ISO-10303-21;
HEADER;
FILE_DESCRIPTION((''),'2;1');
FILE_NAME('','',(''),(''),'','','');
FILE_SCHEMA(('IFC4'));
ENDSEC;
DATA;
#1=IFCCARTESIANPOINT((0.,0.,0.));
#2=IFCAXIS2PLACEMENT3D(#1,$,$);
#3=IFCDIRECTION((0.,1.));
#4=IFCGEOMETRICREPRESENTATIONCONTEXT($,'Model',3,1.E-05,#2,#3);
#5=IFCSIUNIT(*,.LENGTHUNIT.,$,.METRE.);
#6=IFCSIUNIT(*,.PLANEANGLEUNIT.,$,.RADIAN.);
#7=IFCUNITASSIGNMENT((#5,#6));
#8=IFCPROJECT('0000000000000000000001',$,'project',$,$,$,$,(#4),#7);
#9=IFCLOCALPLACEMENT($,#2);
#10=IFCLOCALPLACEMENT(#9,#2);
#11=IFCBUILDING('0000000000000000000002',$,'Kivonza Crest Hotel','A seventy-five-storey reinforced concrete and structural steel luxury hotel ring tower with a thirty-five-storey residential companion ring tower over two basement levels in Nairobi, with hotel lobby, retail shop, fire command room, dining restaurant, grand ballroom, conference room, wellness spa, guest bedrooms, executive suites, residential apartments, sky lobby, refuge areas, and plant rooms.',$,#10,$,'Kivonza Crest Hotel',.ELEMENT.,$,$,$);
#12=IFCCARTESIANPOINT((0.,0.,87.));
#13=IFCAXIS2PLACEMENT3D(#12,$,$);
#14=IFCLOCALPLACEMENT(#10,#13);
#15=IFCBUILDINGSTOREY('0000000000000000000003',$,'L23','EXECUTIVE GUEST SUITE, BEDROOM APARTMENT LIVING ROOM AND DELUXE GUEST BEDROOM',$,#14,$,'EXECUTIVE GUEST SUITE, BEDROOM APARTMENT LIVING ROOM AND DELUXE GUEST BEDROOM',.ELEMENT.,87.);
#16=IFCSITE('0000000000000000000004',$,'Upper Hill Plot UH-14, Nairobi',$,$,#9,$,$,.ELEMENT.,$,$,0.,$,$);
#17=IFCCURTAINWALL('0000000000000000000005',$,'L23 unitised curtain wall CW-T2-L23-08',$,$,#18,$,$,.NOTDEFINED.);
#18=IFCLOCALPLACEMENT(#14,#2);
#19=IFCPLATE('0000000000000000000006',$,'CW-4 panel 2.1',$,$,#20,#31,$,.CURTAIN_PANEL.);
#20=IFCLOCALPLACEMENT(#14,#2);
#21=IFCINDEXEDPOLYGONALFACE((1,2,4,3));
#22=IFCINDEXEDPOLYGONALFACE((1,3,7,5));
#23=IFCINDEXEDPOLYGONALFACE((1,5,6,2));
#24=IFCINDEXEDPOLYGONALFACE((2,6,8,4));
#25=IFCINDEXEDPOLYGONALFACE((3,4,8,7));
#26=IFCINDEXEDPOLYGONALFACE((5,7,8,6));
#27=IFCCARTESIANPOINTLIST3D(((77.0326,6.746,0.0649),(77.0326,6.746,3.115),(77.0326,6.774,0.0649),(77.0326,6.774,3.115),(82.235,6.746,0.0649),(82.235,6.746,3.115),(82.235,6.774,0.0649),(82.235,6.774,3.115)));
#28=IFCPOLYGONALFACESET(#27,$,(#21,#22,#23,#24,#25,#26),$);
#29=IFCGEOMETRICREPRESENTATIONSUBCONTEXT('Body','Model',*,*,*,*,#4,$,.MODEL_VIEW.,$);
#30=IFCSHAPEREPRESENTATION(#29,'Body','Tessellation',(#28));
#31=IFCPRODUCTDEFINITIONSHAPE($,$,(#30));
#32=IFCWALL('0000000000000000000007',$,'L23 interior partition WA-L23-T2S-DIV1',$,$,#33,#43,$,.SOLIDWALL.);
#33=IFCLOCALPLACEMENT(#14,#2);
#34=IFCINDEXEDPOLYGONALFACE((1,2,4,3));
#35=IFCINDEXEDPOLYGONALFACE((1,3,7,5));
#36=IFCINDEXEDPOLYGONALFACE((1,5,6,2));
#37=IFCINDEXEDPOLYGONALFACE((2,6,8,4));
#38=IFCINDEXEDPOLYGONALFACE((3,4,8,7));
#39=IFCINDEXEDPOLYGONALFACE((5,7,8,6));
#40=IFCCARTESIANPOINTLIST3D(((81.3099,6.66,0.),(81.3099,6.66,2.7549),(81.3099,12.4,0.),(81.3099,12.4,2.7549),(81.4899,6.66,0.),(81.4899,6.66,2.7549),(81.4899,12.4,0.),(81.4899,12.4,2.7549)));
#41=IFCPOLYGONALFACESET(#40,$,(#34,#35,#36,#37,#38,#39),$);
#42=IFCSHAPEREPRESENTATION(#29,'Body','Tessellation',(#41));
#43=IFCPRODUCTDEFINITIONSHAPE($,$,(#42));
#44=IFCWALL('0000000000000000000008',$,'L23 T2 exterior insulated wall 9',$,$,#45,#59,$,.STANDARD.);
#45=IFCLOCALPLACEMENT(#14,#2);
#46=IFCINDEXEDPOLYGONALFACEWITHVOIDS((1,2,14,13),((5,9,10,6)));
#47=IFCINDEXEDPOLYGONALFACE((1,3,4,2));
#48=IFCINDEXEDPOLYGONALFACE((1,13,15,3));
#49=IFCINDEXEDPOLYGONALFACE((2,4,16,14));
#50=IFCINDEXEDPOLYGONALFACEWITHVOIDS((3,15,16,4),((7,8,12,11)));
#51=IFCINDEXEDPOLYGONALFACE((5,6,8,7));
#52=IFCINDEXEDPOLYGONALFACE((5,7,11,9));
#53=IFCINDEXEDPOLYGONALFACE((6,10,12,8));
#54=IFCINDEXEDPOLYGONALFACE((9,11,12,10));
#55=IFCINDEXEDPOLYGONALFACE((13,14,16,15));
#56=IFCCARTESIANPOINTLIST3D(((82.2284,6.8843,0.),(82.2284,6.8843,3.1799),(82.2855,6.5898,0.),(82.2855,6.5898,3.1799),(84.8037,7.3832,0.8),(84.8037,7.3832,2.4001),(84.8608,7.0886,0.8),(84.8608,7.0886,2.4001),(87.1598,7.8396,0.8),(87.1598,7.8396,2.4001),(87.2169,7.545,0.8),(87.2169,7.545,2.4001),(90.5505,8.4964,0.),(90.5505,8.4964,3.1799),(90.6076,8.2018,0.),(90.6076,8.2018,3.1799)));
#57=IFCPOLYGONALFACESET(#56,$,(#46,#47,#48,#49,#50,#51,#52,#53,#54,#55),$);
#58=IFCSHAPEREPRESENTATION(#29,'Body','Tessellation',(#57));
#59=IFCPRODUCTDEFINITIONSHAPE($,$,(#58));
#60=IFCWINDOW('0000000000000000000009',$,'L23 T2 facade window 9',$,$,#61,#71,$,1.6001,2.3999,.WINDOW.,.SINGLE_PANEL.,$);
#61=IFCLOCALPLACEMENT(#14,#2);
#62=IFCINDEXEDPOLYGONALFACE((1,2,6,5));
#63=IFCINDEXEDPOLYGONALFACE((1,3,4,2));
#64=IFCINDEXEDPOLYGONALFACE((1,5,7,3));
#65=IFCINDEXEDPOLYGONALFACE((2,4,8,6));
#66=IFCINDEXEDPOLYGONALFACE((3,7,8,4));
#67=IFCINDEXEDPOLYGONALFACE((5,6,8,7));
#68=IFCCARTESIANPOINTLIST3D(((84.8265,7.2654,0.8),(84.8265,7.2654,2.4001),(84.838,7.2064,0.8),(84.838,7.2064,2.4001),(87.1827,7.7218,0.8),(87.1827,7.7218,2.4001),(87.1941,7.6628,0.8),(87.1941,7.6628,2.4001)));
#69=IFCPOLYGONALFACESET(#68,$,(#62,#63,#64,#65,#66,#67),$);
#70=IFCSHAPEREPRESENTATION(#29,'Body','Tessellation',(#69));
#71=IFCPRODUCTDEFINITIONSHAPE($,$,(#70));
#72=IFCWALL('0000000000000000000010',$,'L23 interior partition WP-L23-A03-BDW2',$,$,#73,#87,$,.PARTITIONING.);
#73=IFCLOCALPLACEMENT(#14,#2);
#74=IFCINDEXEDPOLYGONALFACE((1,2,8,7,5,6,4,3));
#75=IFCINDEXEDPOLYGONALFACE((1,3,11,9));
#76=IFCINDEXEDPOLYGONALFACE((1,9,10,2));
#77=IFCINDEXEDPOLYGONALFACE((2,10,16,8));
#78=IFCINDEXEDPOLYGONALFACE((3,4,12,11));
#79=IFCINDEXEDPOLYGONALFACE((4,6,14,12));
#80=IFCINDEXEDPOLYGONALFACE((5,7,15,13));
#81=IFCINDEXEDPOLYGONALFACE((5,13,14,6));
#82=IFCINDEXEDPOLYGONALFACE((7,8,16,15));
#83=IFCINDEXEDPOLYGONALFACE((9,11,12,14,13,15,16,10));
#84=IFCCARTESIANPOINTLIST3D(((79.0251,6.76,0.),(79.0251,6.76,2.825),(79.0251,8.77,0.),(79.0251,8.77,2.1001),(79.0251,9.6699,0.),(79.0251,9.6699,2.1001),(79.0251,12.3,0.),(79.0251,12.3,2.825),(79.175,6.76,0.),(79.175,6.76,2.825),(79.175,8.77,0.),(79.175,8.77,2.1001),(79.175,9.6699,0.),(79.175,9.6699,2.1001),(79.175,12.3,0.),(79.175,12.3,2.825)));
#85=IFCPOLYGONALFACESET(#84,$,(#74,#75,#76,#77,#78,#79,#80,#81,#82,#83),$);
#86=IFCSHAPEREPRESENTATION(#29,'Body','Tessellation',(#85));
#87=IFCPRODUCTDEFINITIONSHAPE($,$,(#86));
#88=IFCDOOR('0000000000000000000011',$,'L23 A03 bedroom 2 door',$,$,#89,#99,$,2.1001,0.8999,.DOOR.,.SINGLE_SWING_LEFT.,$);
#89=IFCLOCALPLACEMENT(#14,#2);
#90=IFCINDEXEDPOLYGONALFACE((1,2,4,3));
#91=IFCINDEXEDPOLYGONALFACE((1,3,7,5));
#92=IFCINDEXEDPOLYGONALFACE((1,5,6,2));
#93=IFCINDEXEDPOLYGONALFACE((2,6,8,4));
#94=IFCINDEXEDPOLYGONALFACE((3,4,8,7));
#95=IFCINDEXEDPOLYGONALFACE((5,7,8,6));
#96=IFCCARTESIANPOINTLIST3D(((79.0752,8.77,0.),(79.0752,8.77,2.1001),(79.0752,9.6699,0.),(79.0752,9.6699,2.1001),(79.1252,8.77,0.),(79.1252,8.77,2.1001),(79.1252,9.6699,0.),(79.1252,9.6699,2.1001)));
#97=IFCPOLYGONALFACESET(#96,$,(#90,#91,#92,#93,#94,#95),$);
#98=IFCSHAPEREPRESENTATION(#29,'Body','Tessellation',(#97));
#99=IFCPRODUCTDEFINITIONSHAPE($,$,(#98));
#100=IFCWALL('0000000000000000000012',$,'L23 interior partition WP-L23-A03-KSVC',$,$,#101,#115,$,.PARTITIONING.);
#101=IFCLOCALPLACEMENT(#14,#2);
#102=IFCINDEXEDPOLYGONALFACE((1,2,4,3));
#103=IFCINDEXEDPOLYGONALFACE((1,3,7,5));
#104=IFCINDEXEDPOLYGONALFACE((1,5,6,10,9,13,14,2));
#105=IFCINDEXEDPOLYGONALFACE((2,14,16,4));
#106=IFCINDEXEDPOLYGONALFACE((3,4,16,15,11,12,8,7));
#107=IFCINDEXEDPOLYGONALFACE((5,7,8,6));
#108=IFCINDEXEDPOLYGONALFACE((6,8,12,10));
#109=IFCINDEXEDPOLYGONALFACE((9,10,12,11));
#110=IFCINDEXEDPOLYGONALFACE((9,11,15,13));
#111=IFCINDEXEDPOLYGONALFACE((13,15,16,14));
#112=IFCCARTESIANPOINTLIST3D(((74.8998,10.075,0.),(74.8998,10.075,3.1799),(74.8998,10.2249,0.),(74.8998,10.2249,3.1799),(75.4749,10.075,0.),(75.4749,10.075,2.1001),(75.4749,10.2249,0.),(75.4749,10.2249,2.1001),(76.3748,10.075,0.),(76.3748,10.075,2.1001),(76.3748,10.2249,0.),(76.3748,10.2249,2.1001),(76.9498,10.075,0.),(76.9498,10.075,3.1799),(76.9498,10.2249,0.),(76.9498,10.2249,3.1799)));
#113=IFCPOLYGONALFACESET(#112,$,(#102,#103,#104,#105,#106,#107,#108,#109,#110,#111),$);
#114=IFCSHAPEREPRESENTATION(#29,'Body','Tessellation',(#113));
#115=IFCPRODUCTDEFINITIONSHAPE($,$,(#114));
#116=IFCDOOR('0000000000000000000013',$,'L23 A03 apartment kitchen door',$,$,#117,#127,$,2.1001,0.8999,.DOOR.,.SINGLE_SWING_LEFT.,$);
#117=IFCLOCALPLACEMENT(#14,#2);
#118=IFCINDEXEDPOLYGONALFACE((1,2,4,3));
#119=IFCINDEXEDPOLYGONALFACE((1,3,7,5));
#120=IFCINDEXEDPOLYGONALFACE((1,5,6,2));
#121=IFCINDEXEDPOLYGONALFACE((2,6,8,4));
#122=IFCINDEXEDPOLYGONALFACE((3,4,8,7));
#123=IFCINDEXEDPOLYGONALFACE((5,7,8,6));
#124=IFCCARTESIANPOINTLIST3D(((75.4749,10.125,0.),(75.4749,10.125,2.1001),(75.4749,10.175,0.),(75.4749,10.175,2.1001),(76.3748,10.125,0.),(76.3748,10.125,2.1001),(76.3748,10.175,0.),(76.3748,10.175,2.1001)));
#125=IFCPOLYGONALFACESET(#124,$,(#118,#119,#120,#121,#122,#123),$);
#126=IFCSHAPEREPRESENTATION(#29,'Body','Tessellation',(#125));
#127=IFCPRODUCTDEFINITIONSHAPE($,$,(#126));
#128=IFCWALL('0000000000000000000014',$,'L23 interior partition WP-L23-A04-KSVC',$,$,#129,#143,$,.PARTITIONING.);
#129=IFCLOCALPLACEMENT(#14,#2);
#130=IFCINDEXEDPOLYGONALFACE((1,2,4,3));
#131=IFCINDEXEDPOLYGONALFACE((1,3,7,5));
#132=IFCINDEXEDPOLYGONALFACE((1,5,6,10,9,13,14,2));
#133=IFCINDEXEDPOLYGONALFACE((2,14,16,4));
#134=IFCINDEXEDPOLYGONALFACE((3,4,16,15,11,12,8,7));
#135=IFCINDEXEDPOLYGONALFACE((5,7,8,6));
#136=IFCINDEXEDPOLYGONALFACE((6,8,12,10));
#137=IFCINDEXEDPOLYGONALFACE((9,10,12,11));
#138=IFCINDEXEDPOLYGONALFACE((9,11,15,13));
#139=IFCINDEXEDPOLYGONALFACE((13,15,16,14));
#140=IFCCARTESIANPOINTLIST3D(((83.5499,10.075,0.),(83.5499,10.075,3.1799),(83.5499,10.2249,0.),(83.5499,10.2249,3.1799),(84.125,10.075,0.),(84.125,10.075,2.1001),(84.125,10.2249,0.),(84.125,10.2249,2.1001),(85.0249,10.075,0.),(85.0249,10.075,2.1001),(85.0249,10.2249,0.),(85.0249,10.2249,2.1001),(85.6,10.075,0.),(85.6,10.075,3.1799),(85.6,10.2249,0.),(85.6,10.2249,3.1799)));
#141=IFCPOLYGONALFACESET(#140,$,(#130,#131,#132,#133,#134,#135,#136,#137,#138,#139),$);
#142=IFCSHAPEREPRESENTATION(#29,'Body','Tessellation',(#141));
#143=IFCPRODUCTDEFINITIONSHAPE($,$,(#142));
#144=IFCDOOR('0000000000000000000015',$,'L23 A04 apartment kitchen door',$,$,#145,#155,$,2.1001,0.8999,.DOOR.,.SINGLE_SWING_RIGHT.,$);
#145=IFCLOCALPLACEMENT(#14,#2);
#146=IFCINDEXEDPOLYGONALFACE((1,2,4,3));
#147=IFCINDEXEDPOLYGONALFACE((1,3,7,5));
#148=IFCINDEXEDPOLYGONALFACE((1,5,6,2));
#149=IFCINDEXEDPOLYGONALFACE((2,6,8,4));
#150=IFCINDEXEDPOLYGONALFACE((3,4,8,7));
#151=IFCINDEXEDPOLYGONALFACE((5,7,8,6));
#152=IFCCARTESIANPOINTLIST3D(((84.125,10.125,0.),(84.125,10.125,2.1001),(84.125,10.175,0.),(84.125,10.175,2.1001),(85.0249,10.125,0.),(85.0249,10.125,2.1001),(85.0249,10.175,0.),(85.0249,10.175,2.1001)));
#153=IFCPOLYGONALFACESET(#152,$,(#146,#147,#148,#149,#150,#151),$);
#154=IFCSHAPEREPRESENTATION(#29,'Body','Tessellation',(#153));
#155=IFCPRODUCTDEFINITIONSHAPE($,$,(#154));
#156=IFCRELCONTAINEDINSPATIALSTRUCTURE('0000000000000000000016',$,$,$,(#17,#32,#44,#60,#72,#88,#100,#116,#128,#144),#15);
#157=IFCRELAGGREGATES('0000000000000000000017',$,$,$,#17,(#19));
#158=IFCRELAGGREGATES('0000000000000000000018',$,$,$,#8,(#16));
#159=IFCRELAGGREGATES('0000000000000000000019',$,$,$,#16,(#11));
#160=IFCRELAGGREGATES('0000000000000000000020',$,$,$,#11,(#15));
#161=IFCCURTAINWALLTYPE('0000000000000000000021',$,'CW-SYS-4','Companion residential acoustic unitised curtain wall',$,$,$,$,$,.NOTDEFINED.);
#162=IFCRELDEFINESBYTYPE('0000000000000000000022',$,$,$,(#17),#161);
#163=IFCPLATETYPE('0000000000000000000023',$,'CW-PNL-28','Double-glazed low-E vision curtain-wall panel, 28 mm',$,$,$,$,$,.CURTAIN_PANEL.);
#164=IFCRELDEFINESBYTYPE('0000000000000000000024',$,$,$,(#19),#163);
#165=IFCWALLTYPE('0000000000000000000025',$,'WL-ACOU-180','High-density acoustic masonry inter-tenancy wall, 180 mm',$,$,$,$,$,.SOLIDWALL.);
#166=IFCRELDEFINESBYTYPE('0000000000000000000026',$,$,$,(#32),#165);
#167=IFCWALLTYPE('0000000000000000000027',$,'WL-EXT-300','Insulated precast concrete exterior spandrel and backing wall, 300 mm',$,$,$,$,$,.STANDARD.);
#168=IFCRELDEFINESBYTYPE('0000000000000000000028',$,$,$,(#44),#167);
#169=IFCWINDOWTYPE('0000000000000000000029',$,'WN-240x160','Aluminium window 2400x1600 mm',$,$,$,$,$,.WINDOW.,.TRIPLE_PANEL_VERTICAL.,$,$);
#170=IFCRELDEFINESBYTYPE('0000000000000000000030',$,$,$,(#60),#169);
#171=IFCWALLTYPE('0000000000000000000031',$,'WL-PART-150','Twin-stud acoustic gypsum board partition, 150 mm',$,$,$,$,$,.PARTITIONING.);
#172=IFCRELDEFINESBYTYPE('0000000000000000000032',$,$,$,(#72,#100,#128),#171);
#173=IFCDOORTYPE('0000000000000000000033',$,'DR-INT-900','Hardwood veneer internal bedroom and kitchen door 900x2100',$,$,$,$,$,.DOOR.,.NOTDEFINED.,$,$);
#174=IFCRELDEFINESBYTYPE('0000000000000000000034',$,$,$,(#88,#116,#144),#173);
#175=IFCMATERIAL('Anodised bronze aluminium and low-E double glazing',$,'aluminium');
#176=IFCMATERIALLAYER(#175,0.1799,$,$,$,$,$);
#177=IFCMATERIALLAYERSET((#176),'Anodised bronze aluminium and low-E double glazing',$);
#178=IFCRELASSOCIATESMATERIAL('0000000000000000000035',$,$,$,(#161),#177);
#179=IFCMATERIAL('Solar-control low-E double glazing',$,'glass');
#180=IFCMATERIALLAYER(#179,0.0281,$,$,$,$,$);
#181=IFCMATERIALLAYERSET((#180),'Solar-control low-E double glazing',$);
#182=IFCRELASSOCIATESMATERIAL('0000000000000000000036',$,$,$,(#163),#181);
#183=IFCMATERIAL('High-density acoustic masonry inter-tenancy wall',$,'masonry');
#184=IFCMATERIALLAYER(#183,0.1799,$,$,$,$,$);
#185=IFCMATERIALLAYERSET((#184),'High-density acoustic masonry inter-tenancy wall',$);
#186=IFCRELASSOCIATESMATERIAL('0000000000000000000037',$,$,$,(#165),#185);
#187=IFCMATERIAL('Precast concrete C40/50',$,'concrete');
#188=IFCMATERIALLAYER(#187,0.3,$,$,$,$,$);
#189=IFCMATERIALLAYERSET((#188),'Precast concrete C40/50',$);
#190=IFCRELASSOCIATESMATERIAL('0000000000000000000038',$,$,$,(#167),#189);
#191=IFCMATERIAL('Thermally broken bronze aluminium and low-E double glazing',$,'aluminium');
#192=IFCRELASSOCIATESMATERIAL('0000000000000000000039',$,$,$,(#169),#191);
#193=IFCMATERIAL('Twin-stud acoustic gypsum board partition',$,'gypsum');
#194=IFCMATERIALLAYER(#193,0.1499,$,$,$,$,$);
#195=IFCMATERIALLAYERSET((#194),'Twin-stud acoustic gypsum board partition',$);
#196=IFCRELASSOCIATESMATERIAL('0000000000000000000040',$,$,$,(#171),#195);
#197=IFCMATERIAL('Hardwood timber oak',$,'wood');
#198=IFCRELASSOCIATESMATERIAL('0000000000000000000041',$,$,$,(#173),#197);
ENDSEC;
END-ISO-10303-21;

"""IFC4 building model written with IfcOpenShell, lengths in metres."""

from ifc_helpers import new_model, si_unit, direction, frame, frame_2d, origin, origin_2d, place, context, subcontext, project, spatial, rectangle, extrude, material, layer, layer_set, type_object, element, fill, aggregate, save


model = new_model("IFC4")

# Units and contexts
model_context = context("Model", 3, precision=1e-05, world=origin(), true_north=direction((0.0, 1.0)))
body_context = subcontext(model_context, "Body", "Model", "MODEL_VIEW")
ifc_project = project(units=[si_unit("LENGTHUNIT", "METRE"), si_unit("PLANEANGLEUNIT", "RADIAN")], contexts=[model_context])

# Site, building, storey
site_placement = place(None, origin())
site = spatial("IfcSite", under=ifc_project, at=site_placement, Name="Upper Hill Plot UH-14, Nairobi", CompositionType="ELEMENT", RefElevation=0.0)
building_placement = place(site_placement, origin())
building = spatial("IfcBuilding", under=site, at=building_placement, Name="Kivonza Crest Hotel", Description="A seventy-five-storey reinforced concrete and structural steel luxury hotel ring tower with a thirty-five-storey residential companion ring tower over two basement levels in Nairobi, with hotel lobby, retail shop, fire command room, dining restaurant, grand ballroom, conference room, wellness spa, guest bedrooms, executive suites, residential apartments, sky lobby, refuge areas, and plant rooms.", LongName="Kivonza Crest Hotel", CompositionType="ELEMENT")
storey_placement = place(building_placement, frame((0.0, 0.0, 87.0)))
storey = spatial("IfcBuildingStorey", under=building, at=storey_placement, Name="L23", Description="EXECUTIVE GUEST SUITE, BEDROOM APARTMENT LIVING ROOM AND DELUXE GUEST BEDROOM", LongName="EXECUTIVE GUEST SUITE, BEDROOM APARTMENT LIVING ROOM AND DELUXE GUEST BEDROOM", CompositionType="ELEMENT", Elevation=87.0)

# Curtain wall, plate
ifc_material_1 = material(Name="Anodised bronze aluminium and low-E double glazing", Category="aluminium")
ifc_layer_1 = layer(ifc_material_1, 0.1799)
ifc_layer_set_1 = layer_set([ifc_layer_1], Name="Anodised bronze aluminium and low-E double glazing")
curtain_wall_type = type_object("IfcCurtainWallType", Name="CW-SYS-4", Description="Companion residential acoustic unitised curtain wall", PredefinedType="NOTDEFINED", material=ifc_layer_set_1)
curtain_wall_placement = place(storey_placement, origin())
curtain_wall = element("IfcCurtainWall", 1, at=curtain_wall_placement, inside=storey, type_object=curtain_wall_type, Name="L23 unitised curtain wall CW-T2-L23-08", PredefinedType="NOTDEFINED")
ifc_material_2 = material(Name="Solar-control low-E double glazing", Category="glass")
ifc_layer_2 = layer(ifc_material_2, 0.0281)
ifc_layer_set_2 = layer_set([ifc_layer_2], Name="Solar-control low-E double glazing")
plate_type = type_object("IfcPlateType", Name="CW-PNL-28", Description="Double-glazed low-E vision curtain-wall panel, 28 mm", PredefinedType="CURTAIN_PANEL", material=ifc_layer_set_2)
plate_1_placement = place(storey_placement, frame((79.6338, 6.76, 0.0649), z_axis=(0.0, 0.0, 1.0), x_axis=(1.0, 0.0, 0.0)))
plate_1 = element("IfcPlate", 2, at=plate_1_placement, type_object=plate_type, Name="CW-4 panel 2.1", PredefinedType="CURTAIN_PANEL", context=body_context, shape_type="SweptSolid", body=[
    extrude(rectangle(XDim=5.2024, YDim=0.0281, at=origin_2d()), origin(), (0.0, 0.0, 1.0), 3.05),
])
aggregate(curtain_wall, [plate_1])

# Wall
ifc_material_3 = material(Name="High-density acoustic masonry inter-tenancy wall", Category="masonry")
ifc_layer_3 = layer(ifc_material_3, 0.1799)
ifc_layer_set_3 = layer_set([ifc_layer_3], Name="High-density acoustic masonry inter-tenancy wall")
wall_type_1 = type_object("IfcWallType", Name="WL-ACOU-180", Description="High-density acoustic masonry inter-tenancy wall, 180 mm", PredefinedType="SOLIDWALL", material=ifc_layer_set_3)
wall_1_placement = place(storey_placement, frame((81.3999, 6.6599, 0.0), z_axis=(0.0, 0.0, 1.0), x_axis=(0.0, 1.0, 0.0)))
element("IfcWall", 3, at=wall_1_placement, inside=storey, type_object=wall_type_1, Name="L23 interior partition WA-L23-T2S-DIV1", PredefinedType="SOLIDWALL", context=body_context, shape_type="SweptSolid", body=[
    extrude(rectangle(XDim=5.74, YDim=0.1799, at=frame_2d((2.8701, 0.0))), origin(), (0.0, 0.0, 1.0), 2.7549),
])

# Wall, opening, window
ifc_material_4 = material(Name="Precast concrete C40/50", Category="concrete")
ifc_layer_4 = layer(ifc_material_4, 0.3)
ifc_layer_set_4 = layer_set([ifc_layer_4], Name="Precast concrete C40/50")
wall_type_2 = type_object("IfcWallType", Name="WL-EXT-300", Description="Insulated precast concrete exterior spandrel and backing wall, 300 mm", PredefinedType="STANDARD", material=ifc_layer_set_4)
wall_2_placement = place(storey_placement, frame((82.2571, 6.7371, 0.0), z_axis=(0.0, 0.0, 1.0), x_axis=(0.98175, 0.190175, 0.0)))
wall_2 = element("IfcWall", 4, at=wall_2_placement, inside=storey, type_object=wall_type_2, Name="L23 T2 exterior insulated wall 9", PredefinedType="STANDARD", context=body_context, shape_type="SweptSolid", body=[
    extrude(rectangle(XDim=8.4768, YDim=0.3, at=frame_2d((4.2383, 0.0))), origin(), (0.0, 0.0, 1.0), 3.1799),
])
opening_1_placement = place(wall_2_placement, frame((2.623, 0.0, 0.8)))
opening_1 = element("IfcOpeningElement", 5, at=opening_1_placement, cuts=wall_2, PredefinedType="OPENING", context=body_context, shape_type="SweptSolid", body=[
    extrude(rectangle(XDim=2.3999, YDim=1.6001, at=frame_2d((1.2, 0.8))), frame((0.0, 0.1602, 0.0), z_axis=(0.0, -1.0, 0.0), x_axis=(1.0, 0.0, 0.0)), (0.0, 0.0, 1.0), 0.3201),
])
ifc_material_5 = material(Name="Thermally broken bronze aluminium and low-E double glazing", Category="aluminium")
window_type = type_object("IfcWindowType", Name="WN-240x160", Description="Aluminium window 2400x1600 mm", PartitioningType="TRIPLE_PANEL_VERTICAL", PredefinedType="WINDOW", material=ifc_material_5)
window_placement = place(opening_1_placement, origin())
window = element("IfcWindow", 6, at=window_placement, inside=storey, type_object=window_type, Name="L23 T2 facade window 9", OverallHeight=1.6001, OverallWidth=2.3999, PartitioningType="SINGLE_PANEL", PredefinedType="WINDOW", context=body_context, shape_type="SweptSolid", body=[
    extrude(rectangle(XDim=2.3999, YDim=1.6001, at=frame_2d((1.2, 0.8))), frame((0.0, 0.03, 0.0), z_axis=(0.0, -1.0, 0.0), x_axis=(1.0, 0.0, 0.0)), (0.0, 0.0, 1.0), 0.0601),
])
fill(opening_1, window)

# Walls, openings, doors
ifc_material_6 = material(Name="Twin-stud acoustic gypsum board partition", Category="gypsum")
ifc_layer_5 = layer(ifc_material_6, 0.1499)
ifc_layer_set_5 = layer_set([ifc_layer_5], Name="Twin-stud acoustic gypsum board partition")
wall_type_3 = type_object("IfcWallType", Name="WL-PART-150", Description="Twin-stud acoustic gypsum board partition, 150 mm", PredefinedType="PARTITIONING", material=ifc_layer_set_5)
wall_3_placement = place(storey_placement, frame((79.1001, 6.76, 0.0), z_axis=(0.0, 0.0, 1.0), x_axis=(0.0, 1.0, 0.0)))
wall_3 = element("IfcWall", 7, at=wall_3_placement, inside=storey, type_object=wall_type_3, Name="L23 interior partition WP-L23-A03-BDW2", PredefinedType="PARTITIONING", context=body_context, shape_type="SweptSolid", body=[
    extrude(rectangle(XDim=5.54, YDim=0.1499, at=frame_2d((2.77, 0.0))), origin(), (0.0, 0.0, 1.0), 2.825),
])
opening_2_placement = place(wall_3_placement, frame((2.01, 0.0, 0.0)))
opening_2 = element("IfcOpeningElement", 8, at=opening_2_placement, cuts=wall_3, PredefinedType="OPENING", context=body_context, shape_type="SweptSolid", body=[
    extrude(rectangle(XDim=0.8999, YDim=2.1001, at=frame_2d((0.45, 1.05))), frame((0.0, 0.085, 0.0), z_axis=(0.0, -1.0, 0.0), x_axis=(1.0, 0.0, 0.0)), (0.0, 0.0, 1.0), 0.1699),
])
ifc_material_7 = material(Name="Hardwood timber oak", Category="wood")
door_type_1 = type_object("IfcDoorType", Name="DR-INT-900", Description="Hardwood veneer internal bedroom and kitchen door 900x2100", OperationType="NOTDEFINED", PredefinedType="DOOR", material=ifc_material_7)
door_1_placement = place(opening_2_placement, origin())
door_1 = element("IfcDoor", 9, at=door_1_placement, inside=storey, type_object=door_type_1, Name="L23 A03 bedroom 2 door", OperationType="SINGLE_SWING_LEFT", OverallHeight=2.1001, OverallWidth=0.8999, PredefinedType="DOOR", context=body_context, shape_type="SweptSolid", body=[
    extrude(rectangle(XDim=0.8999, YDim=2.1001, at=frame_2d((0.45, 1.05))), frame((0.0, 0.0249, 0.0), z_axis=(0.0, -1.0, 0.0), x_axis=(1.0, 0.0, 0.0)), (0.0, 0.0, 1.0), 0.05),
])
fill(opening_2, door_1)
wall_4_placement = place(storey_placement, frame((74.8999, 10.1499, 0.0), z_axis=(0.0, 0.0, 1.0), x_axis=(1.0, 0.0, 0.0)))
wall_4 = element("IfcWall", 10, at=wall_4_placement, inside=storey, type_object=wall_type_3, Name="L23 interior partition WP-L23-A03-KSVC", PredefinedType="PARTITIONING", context=body_context, shape_type="SweptSolid", body=[
    extrude(rectangle(XDim=2.05, YDim=0.1499, at=frame_2d((1.0249, 0.0))), origin(), (0.0, 0.0, 1.0), 3.1799),
])
opening_3_placement = place(wall_4_placement, frame((0.575, 0.0, 0.0)))
opening_3 = element("IfcOpeningElement", 11, at=opening_3_placement, cuts=wall_4, PredefinedType="OPENING", context=body_context, shape_type="SweptSolid", body=[
    extrude(rectangle(XDim=0.8999, YDim=2.1001, at=frame_2d((0.45, 1.05))), frame((0.0, 0.085, 0.0), z_axis=(0.0, -1.0, 0.0), x_axis=(1.0, 0.0, 0.0)), (0.0, 0.0, 1.0), 0.1699),
])
door_2_placement = place(opening_3_placement, frame((0.8999, 0.0, 0.0), z_axis=(0.0, 0.0, 1.0), x_axis=(-1.0, 0.0, 0.0)))
door_2 = element("IfcDoor", 12, at=door_2_placement, inside=storey, type_object=door_type_1, Name="L23 A03 apartment kitchen door", OperationType="SINGLE_SWING_LEFT", OverallHeight=2.1001, OverallWidth=0.8999, PredefinedType="DOOR", context=body_context, shape_type="SweptSolid", body=[
    extrude(rectangle(XDim=0.8999, YDim=2.1001, at=frame_2d((0.45, 1.05))), frame((0.0, 0.0249, 0.0), z_axis=(0.0, -1.0, 0.0), x_axis=(1.0, 0.0, 0.0)), (0.0, 0.0, 1.0), 0.05),
])
fill(opening_3, door_2)
wall_5_placement = place(storey_placement, frame((83.55, 10.1499, 0.0), z_axis=(0.0, 0.0, 1.0), x_axis=(1.0, 0.0, 0.0)))
wall_5 = element("IfcWall", 13, at=wall_5_placement, inside=storey, type_object=wall_type_3, Name="L23 interior partition WP-L23-A04-KSVC", PredefinedType="PARTITIONING", context=body_context, shape_type="SweptSolid", body=[
    extrude(rectangle(XDim=2.05, YDim=0.1499, at=frame_2d((1.0249, 0.0))), origin(), (0.0, 0.0, 1.0), 3.1799),
])
opening_4_placement = place(wall_5_placement, frame((0.575, 0.0, 0.0)))
opening_4 = element("IfcOpeningElement", 14, at=opening_4_placement, cuts=wall_5, PredefinedType="OPENING", context=body_context, shape_type="SweptSolid", body=[
    extrude(rectangle(XDim=0.8999, YDim=2.1001, at=frame_2d((0.45, 1.05))), frame((0.0, 0.085, 0.0), z_axis=(0.0, -1.0, 0.0), x_axis=(1.0, 0.0, 0.0)), (0.0, 0.0, 1.0), 0.1699),
])
door_3_placement = place(opening_4_placement, frame((0.8999, 0.0, 0.0), z_axis=(0.0, 0.0, 1.0), x_axis=(-1.0, 0.0, 0.0)))
door_3 = element("IfcDoor", 15, at=door_3_placement, inside=storey, type_object=door_type_1, Name="L23 A04 apartment kitchen door", OperationType="SINGLE_SWING_RIGHT", OverallHeight=2.1001, OverallWidth=0.8999, PredefinedType="DOOR", context=body_context, shape_type="SweptSolid", body=[
    extrude(rectangle(XDim=0.8999, YDim=2.1001, at=frame_2d((0.45, 1.05))), frame((0.0, 0.0249, 0.0), z_axis=(0.0, -1.0, 0.0), x_axis=(1.0, 0.0, 0.0)), (0.0, 0.0, 1.0), 0.05),
])
fill(opening_4, door_3)

save(model, "model.ifc")
